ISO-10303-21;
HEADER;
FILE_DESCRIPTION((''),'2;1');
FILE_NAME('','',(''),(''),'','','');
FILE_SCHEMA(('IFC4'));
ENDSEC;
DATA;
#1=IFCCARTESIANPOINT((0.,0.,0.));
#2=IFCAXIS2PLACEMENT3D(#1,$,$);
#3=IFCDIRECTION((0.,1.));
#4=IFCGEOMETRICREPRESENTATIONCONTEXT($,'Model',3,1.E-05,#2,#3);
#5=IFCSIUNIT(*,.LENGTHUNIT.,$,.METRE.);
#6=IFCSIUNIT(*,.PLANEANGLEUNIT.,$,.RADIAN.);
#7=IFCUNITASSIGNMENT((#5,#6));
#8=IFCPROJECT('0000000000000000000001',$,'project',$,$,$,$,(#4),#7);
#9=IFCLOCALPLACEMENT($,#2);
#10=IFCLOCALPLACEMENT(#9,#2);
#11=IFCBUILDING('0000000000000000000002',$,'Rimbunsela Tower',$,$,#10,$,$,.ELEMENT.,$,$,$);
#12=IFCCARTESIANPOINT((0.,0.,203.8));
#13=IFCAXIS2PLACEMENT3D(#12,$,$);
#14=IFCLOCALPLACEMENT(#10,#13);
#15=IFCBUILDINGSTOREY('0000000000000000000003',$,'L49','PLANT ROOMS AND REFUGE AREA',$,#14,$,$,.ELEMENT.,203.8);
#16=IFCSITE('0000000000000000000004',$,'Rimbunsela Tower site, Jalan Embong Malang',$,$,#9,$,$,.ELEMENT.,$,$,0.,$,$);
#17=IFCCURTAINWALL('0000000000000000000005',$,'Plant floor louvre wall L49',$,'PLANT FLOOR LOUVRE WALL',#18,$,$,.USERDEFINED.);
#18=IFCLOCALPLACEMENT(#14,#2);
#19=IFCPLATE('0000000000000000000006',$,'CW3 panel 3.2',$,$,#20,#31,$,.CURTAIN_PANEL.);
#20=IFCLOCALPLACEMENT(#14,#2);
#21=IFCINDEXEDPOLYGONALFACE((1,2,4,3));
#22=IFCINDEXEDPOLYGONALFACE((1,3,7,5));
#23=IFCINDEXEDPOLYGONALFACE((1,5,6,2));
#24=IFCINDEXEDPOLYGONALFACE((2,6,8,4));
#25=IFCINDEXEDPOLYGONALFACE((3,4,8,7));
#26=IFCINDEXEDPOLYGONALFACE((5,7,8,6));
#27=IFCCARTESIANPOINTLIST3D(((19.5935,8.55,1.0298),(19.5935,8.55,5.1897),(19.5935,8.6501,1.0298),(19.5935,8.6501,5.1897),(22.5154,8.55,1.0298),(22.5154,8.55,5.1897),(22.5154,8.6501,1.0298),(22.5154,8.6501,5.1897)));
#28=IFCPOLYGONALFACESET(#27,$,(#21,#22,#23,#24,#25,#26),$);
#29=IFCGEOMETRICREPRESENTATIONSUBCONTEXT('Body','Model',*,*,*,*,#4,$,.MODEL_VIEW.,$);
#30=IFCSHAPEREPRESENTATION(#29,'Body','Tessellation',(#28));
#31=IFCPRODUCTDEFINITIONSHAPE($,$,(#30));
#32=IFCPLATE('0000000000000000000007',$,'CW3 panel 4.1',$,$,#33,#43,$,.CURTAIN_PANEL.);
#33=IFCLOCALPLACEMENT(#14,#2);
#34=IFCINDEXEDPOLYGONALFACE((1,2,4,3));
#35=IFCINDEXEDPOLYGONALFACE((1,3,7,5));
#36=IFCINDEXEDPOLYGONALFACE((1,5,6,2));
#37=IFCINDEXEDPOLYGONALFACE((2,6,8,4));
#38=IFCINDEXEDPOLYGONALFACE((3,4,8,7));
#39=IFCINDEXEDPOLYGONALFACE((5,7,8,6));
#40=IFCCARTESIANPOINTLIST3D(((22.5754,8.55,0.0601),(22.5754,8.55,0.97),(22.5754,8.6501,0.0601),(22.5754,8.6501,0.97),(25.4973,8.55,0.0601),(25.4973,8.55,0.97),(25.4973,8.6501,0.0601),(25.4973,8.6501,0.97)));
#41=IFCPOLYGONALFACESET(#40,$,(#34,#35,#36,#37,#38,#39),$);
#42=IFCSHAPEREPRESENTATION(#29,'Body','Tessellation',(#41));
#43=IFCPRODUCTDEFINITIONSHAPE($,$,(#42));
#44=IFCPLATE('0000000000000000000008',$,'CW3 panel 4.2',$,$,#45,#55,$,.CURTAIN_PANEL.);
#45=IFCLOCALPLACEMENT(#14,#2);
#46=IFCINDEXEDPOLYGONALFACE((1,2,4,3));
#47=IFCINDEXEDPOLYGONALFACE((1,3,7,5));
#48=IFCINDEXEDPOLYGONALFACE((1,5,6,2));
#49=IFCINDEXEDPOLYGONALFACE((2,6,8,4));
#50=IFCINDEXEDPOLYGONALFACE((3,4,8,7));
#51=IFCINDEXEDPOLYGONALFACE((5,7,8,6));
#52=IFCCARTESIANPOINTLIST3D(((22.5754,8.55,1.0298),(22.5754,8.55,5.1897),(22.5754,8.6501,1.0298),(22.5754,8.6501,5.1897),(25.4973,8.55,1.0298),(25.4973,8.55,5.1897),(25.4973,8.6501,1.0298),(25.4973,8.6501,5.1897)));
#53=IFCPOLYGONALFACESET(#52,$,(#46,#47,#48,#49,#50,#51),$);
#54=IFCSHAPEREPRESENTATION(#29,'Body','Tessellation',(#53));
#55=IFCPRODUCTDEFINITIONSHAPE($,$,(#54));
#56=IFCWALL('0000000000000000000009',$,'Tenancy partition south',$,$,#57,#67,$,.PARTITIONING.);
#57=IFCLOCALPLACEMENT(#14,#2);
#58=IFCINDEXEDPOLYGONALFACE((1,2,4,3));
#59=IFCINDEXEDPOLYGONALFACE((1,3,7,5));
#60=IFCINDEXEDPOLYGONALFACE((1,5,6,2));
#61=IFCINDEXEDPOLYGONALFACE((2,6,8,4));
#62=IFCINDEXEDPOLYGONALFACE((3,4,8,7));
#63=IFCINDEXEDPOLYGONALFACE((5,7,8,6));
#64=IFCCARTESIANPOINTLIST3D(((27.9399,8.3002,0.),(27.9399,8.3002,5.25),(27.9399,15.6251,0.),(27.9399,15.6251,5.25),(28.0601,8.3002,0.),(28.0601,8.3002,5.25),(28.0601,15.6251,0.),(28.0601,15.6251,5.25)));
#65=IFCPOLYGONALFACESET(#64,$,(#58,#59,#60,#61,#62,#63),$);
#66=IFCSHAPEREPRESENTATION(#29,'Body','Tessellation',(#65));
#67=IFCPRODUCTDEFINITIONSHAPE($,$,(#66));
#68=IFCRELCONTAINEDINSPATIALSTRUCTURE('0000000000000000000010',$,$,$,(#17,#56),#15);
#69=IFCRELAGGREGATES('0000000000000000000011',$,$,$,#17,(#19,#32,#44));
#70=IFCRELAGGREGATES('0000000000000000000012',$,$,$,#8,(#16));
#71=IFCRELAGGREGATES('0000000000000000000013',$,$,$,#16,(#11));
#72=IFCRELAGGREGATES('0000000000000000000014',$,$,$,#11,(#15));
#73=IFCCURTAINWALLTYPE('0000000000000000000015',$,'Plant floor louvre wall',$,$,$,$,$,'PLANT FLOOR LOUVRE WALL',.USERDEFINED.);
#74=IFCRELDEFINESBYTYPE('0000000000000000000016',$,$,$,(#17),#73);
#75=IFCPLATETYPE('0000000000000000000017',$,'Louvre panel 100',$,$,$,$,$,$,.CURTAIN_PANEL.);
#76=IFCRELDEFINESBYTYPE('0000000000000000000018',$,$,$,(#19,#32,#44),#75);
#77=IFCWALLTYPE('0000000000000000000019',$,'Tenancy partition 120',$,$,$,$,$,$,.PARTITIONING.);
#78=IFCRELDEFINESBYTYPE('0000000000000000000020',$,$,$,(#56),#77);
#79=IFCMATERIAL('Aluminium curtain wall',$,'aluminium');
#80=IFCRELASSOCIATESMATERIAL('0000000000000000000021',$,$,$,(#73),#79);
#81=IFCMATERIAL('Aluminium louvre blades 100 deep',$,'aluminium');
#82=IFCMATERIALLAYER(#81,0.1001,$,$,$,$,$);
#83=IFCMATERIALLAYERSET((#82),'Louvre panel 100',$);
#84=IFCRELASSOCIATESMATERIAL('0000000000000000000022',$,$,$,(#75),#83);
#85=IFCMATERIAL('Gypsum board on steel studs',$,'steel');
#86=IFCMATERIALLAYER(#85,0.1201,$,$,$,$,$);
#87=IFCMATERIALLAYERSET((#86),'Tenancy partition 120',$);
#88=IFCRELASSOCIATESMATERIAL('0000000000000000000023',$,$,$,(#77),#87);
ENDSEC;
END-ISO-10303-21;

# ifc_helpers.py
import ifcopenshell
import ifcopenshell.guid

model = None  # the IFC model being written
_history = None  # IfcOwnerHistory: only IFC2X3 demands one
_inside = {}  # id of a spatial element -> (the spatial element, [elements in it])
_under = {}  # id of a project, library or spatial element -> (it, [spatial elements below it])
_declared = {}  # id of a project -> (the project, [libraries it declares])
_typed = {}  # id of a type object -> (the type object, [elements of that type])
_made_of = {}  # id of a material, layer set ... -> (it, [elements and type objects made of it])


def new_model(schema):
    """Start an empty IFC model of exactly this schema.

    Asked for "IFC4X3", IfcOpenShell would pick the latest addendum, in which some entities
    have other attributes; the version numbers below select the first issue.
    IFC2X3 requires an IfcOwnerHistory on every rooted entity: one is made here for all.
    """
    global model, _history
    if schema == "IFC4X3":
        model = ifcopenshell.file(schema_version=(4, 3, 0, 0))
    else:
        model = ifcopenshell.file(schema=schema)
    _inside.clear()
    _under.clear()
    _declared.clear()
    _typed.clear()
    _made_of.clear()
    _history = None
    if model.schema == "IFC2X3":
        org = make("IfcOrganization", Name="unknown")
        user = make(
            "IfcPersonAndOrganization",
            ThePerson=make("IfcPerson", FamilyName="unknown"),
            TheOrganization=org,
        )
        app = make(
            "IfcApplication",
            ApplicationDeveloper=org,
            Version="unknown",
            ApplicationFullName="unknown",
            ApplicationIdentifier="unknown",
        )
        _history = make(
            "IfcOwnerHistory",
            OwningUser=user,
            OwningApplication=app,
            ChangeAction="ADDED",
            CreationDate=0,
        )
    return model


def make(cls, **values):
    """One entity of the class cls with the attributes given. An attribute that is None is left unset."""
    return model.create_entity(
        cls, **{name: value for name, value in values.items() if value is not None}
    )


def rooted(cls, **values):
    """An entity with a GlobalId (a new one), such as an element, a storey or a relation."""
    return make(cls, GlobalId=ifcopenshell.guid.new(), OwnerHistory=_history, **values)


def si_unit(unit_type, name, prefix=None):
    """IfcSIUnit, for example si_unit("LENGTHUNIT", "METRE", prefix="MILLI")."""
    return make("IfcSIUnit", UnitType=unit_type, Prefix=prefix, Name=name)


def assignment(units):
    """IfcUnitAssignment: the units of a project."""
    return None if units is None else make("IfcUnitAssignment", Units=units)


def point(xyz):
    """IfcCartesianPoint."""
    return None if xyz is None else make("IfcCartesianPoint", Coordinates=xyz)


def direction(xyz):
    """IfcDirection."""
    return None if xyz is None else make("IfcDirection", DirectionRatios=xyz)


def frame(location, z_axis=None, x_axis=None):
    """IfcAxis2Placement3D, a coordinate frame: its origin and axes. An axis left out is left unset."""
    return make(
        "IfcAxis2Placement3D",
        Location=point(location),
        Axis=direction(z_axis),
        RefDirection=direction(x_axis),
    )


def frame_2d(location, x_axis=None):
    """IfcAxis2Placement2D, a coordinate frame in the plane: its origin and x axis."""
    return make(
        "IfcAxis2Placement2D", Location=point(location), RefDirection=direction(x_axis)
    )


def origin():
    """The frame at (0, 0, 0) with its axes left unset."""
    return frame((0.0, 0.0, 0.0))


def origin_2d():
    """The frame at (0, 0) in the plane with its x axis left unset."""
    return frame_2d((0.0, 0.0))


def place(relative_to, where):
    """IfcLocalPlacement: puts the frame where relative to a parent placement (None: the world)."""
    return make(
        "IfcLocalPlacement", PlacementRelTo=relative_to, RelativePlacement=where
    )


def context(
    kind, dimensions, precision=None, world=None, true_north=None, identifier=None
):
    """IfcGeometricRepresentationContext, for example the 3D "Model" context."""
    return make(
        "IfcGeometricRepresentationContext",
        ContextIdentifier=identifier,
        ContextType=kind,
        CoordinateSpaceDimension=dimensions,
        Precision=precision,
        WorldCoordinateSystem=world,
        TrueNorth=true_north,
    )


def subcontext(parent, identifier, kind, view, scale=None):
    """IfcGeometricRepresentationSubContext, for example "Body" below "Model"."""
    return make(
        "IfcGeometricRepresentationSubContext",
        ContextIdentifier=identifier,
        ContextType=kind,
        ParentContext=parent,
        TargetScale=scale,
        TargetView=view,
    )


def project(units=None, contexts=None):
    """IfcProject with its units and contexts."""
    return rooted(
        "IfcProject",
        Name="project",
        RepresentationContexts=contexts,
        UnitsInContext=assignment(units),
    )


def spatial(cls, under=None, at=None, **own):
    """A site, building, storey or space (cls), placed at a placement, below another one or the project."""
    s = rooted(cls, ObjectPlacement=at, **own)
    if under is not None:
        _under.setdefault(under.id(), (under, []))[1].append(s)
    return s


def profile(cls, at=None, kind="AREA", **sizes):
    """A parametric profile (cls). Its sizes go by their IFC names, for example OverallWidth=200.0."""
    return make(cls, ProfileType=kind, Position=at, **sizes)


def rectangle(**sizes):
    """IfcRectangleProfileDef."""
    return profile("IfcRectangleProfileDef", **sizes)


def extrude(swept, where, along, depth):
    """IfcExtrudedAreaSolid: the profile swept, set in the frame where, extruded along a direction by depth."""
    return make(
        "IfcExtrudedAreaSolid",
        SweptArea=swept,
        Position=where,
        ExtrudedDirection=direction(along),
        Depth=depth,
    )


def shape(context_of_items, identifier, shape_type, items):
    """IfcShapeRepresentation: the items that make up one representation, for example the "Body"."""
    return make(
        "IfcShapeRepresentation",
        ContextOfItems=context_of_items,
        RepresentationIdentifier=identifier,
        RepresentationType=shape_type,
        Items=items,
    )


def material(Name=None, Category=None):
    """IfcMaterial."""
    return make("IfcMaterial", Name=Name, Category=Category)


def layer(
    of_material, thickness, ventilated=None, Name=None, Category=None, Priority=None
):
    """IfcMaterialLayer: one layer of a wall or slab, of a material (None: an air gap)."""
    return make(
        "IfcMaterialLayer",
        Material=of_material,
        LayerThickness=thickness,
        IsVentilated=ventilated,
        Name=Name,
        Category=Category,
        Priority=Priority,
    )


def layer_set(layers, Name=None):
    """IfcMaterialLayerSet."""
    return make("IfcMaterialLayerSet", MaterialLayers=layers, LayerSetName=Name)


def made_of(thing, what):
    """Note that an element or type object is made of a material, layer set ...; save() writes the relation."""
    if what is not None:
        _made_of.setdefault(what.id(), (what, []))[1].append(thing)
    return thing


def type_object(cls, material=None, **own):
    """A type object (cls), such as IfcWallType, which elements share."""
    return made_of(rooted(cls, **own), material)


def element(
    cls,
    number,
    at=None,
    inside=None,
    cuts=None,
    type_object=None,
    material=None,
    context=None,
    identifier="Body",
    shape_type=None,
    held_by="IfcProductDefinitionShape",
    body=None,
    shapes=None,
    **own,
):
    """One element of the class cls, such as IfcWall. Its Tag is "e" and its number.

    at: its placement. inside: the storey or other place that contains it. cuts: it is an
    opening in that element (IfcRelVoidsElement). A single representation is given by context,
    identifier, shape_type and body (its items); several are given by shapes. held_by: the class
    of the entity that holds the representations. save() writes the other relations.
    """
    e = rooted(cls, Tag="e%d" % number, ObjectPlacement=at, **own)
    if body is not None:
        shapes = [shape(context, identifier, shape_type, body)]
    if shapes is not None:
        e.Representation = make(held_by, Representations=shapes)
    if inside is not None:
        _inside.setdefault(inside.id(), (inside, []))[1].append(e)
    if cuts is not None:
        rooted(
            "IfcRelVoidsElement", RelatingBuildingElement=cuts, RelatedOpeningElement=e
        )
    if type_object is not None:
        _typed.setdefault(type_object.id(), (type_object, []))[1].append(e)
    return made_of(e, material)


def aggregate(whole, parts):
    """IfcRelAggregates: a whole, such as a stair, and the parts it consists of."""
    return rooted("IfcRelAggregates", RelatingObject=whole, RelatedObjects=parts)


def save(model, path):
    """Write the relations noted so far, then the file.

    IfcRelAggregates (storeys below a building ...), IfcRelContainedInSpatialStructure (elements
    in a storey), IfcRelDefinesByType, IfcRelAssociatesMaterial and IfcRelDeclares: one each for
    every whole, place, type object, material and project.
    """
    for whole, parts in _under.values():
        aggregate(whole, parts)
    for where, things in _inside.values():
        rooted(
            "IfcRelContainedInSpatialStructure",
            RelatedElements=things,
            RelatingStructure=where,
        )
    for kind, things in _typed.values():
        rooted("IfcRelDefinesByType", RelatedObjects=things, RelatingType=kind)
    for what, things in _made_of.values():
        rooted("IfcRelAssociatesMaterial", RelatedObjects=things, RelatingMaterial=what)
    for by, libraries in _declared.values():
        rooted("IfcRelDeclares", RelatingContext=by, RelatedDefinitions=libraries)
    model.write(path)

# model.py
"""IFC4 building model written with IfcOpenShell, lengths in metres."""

from ifc_helpers import new_model, si_unit, direction, frame, frame_2d, origin, origin_2d, place, context, subcontext, project, spatial, rectangle, extrude, material, layer, layer_set, type_object, element, aggregate, save


model = new_model("IFC4")

# Units and contexts
model_context = context("Model", 3, precision=1e-05, world=origin(), true_north=direction((0.0, 1.0)))
body_context = subcontext(model_context, "Body", "Model", "MODEL_VIEW")
ifc_project = project(units=[si_unit("LENGTHUNIT", "METRE"), si_unit("PLANEANGLEUNIT", "RADIAN")], contexts=[model_context])

# Site, building, storey
site_placement = place(None, origin())
site = spatial("IfcSite", under=ifc_project, at=site_placement, Name="Rimbunsela Tower site, Jalan Embong Malang", CompositionType="ELEMENT", RefElevation=0.0)
building_placement = place(site_placement, origin())
building = spatial("IfcBuilding", under=site, at=building_placement, Name="Rimbunsela Tower", CompositionType="ELEMENT")
storey_placement = place(building_placement, frame((0.0, 0.0, 203.8)))
storey = spatial("IfcBuildingStorey", under=building, at=storey_placement, Name="L49", Description="PLANT ROOMS AND REFUGE AREA", CompositionType="ELEMENT", Elevation=203.8)

# Curtain wall
ifc_material_1 = material(Name="Aluminium curtain wall", Category="aluminium")
curtain_wall_type = type_object("IfcCurtainWallType", Name="Plant floor louvre wall", ElementType="PLANT FLOOR LOUVRE WALL", PredefinedType="USERDEFINED", material=ifc_material_1)
curtain_wall_placement = place(storey_placement, origin())
curtain_wall = element("IfcCurtainWall", 1, at=curtain_wall_placement, inside=storey, type_object=curtain_wall_type, Name="Plant floor louvre wall L49", ObjectType="PLANT FLOOR LOUVRE WALL", PredefinedType="USERDEFINED")

# Plates
ifc_material_2 = material(Name="Aluminium louvre blades 100 deep", Category="aluminium")
ifc_layer_1 = layer(ifc_material_2, 0.1001)
ifc_layer_set_1 = layer_set([ifc_layer_1], Name="Louvre panel 100")
plate_type = type_object("IfcPlateType", Name="Louvre panel 100", PredefinedType="CURTAIN_PANEL", material=ifc_layer_set_1)
plate_1_placement = place(storey_placement, frame((21.0544, 8.6001, 1.0298), z_axis=(0.0, 0.0, 1.0), x_axis=(1.0, 0.0, 0.0)))
plate_1 = element("IfcPlate", 2, at=plate_1_placement, type_object=plate_type, Name="CW3 panel 3.2", PredefinedType="CURTAIN_PANEL", context=body_context, shape_type="SweptSolid", body=[
    extrude(rectangle(XDim=2.9219, YDim=0.1001, at=origin_2d()), origin(), (0.0, 0.0, 1.0), 4.1599),
])
plate_2_placement = place(storey_placement, frame((24.0364, 8.6001, 0.0601), z_axis=(0.0, 0.0, 1.0), x_axis=(1.0, 0.0, 0.0)))
plate_2 = element("IfcPlate", 3, at=plate_2_placement, type_object=plate_type, Name="CW3 panel 4.1", PredefinedType="CURTAIN_PANEL", context=body_context, shape_type="SweptSolid", body=[
    extrude(rectangle(XDim=2.9219, YDim=0.1001, at=origin_2d()), origin(), (0.0, 0.0, 1.0), 0.9099),
])
plate_3_placement = place(storey_placement, frame((24.0364, 8.6001, 1.0298), z_axis=(0.0, 0.0, 1.0), x_axis=(1.0, 0.0, 0.0)))
plate_3 = element("IfcPlate", 4, at=plate_3_placement, type_object=plate_type, Name="CW3 panel 4.2", PredefinedType="CURTAIN_PANEL", context=body_context, shape_type="SweptSolid", body=[
    extrude(rectangle(XDim=2.9219, YDim=0.1001, at=origin_2d()), origin(), (0.0, 0.0, 1.0), 4.1599),
])
aggregate(curtain_wall, [plate_1, plate_2, plate_3])

# Wall
ifc_material_3 = material(Name="Gypsum board on steel studs", Category="steel")
ifc_layer_2 = layer(ifc_material_3, 0.1201)
ifc_layer_set_2 = layer_set([ifc_layer_2], Name="Tenancy partition 120")
wall_type = type_object("IfcWallType", Name="Tenancy partition 120", PredefinedType="PARTITIONING", material=ifc_layer_set_2)
wall_placement = place(storey_placement, frame((28.0, 8.3, 0.0), z_axis=(0.0, 0.0, 1.0), x_axis=(0.0, 1.0, 0.0)))
element("IfcWall", 5, at=wall_placement, inside=storey, type_object=wall_type, Name="Tenancy partition south", PredefinedType="PARTITIONING", context=body_context, shape_type="SweptSolid", body=[
    extrude(rectangle(XDim=7.325, YDim=0.1201, at=frame_2d((3.6626, 0.0))), origin(), (0.0, 0.0, 1.0), 5.25),
])

save(model, "model.ifc")
